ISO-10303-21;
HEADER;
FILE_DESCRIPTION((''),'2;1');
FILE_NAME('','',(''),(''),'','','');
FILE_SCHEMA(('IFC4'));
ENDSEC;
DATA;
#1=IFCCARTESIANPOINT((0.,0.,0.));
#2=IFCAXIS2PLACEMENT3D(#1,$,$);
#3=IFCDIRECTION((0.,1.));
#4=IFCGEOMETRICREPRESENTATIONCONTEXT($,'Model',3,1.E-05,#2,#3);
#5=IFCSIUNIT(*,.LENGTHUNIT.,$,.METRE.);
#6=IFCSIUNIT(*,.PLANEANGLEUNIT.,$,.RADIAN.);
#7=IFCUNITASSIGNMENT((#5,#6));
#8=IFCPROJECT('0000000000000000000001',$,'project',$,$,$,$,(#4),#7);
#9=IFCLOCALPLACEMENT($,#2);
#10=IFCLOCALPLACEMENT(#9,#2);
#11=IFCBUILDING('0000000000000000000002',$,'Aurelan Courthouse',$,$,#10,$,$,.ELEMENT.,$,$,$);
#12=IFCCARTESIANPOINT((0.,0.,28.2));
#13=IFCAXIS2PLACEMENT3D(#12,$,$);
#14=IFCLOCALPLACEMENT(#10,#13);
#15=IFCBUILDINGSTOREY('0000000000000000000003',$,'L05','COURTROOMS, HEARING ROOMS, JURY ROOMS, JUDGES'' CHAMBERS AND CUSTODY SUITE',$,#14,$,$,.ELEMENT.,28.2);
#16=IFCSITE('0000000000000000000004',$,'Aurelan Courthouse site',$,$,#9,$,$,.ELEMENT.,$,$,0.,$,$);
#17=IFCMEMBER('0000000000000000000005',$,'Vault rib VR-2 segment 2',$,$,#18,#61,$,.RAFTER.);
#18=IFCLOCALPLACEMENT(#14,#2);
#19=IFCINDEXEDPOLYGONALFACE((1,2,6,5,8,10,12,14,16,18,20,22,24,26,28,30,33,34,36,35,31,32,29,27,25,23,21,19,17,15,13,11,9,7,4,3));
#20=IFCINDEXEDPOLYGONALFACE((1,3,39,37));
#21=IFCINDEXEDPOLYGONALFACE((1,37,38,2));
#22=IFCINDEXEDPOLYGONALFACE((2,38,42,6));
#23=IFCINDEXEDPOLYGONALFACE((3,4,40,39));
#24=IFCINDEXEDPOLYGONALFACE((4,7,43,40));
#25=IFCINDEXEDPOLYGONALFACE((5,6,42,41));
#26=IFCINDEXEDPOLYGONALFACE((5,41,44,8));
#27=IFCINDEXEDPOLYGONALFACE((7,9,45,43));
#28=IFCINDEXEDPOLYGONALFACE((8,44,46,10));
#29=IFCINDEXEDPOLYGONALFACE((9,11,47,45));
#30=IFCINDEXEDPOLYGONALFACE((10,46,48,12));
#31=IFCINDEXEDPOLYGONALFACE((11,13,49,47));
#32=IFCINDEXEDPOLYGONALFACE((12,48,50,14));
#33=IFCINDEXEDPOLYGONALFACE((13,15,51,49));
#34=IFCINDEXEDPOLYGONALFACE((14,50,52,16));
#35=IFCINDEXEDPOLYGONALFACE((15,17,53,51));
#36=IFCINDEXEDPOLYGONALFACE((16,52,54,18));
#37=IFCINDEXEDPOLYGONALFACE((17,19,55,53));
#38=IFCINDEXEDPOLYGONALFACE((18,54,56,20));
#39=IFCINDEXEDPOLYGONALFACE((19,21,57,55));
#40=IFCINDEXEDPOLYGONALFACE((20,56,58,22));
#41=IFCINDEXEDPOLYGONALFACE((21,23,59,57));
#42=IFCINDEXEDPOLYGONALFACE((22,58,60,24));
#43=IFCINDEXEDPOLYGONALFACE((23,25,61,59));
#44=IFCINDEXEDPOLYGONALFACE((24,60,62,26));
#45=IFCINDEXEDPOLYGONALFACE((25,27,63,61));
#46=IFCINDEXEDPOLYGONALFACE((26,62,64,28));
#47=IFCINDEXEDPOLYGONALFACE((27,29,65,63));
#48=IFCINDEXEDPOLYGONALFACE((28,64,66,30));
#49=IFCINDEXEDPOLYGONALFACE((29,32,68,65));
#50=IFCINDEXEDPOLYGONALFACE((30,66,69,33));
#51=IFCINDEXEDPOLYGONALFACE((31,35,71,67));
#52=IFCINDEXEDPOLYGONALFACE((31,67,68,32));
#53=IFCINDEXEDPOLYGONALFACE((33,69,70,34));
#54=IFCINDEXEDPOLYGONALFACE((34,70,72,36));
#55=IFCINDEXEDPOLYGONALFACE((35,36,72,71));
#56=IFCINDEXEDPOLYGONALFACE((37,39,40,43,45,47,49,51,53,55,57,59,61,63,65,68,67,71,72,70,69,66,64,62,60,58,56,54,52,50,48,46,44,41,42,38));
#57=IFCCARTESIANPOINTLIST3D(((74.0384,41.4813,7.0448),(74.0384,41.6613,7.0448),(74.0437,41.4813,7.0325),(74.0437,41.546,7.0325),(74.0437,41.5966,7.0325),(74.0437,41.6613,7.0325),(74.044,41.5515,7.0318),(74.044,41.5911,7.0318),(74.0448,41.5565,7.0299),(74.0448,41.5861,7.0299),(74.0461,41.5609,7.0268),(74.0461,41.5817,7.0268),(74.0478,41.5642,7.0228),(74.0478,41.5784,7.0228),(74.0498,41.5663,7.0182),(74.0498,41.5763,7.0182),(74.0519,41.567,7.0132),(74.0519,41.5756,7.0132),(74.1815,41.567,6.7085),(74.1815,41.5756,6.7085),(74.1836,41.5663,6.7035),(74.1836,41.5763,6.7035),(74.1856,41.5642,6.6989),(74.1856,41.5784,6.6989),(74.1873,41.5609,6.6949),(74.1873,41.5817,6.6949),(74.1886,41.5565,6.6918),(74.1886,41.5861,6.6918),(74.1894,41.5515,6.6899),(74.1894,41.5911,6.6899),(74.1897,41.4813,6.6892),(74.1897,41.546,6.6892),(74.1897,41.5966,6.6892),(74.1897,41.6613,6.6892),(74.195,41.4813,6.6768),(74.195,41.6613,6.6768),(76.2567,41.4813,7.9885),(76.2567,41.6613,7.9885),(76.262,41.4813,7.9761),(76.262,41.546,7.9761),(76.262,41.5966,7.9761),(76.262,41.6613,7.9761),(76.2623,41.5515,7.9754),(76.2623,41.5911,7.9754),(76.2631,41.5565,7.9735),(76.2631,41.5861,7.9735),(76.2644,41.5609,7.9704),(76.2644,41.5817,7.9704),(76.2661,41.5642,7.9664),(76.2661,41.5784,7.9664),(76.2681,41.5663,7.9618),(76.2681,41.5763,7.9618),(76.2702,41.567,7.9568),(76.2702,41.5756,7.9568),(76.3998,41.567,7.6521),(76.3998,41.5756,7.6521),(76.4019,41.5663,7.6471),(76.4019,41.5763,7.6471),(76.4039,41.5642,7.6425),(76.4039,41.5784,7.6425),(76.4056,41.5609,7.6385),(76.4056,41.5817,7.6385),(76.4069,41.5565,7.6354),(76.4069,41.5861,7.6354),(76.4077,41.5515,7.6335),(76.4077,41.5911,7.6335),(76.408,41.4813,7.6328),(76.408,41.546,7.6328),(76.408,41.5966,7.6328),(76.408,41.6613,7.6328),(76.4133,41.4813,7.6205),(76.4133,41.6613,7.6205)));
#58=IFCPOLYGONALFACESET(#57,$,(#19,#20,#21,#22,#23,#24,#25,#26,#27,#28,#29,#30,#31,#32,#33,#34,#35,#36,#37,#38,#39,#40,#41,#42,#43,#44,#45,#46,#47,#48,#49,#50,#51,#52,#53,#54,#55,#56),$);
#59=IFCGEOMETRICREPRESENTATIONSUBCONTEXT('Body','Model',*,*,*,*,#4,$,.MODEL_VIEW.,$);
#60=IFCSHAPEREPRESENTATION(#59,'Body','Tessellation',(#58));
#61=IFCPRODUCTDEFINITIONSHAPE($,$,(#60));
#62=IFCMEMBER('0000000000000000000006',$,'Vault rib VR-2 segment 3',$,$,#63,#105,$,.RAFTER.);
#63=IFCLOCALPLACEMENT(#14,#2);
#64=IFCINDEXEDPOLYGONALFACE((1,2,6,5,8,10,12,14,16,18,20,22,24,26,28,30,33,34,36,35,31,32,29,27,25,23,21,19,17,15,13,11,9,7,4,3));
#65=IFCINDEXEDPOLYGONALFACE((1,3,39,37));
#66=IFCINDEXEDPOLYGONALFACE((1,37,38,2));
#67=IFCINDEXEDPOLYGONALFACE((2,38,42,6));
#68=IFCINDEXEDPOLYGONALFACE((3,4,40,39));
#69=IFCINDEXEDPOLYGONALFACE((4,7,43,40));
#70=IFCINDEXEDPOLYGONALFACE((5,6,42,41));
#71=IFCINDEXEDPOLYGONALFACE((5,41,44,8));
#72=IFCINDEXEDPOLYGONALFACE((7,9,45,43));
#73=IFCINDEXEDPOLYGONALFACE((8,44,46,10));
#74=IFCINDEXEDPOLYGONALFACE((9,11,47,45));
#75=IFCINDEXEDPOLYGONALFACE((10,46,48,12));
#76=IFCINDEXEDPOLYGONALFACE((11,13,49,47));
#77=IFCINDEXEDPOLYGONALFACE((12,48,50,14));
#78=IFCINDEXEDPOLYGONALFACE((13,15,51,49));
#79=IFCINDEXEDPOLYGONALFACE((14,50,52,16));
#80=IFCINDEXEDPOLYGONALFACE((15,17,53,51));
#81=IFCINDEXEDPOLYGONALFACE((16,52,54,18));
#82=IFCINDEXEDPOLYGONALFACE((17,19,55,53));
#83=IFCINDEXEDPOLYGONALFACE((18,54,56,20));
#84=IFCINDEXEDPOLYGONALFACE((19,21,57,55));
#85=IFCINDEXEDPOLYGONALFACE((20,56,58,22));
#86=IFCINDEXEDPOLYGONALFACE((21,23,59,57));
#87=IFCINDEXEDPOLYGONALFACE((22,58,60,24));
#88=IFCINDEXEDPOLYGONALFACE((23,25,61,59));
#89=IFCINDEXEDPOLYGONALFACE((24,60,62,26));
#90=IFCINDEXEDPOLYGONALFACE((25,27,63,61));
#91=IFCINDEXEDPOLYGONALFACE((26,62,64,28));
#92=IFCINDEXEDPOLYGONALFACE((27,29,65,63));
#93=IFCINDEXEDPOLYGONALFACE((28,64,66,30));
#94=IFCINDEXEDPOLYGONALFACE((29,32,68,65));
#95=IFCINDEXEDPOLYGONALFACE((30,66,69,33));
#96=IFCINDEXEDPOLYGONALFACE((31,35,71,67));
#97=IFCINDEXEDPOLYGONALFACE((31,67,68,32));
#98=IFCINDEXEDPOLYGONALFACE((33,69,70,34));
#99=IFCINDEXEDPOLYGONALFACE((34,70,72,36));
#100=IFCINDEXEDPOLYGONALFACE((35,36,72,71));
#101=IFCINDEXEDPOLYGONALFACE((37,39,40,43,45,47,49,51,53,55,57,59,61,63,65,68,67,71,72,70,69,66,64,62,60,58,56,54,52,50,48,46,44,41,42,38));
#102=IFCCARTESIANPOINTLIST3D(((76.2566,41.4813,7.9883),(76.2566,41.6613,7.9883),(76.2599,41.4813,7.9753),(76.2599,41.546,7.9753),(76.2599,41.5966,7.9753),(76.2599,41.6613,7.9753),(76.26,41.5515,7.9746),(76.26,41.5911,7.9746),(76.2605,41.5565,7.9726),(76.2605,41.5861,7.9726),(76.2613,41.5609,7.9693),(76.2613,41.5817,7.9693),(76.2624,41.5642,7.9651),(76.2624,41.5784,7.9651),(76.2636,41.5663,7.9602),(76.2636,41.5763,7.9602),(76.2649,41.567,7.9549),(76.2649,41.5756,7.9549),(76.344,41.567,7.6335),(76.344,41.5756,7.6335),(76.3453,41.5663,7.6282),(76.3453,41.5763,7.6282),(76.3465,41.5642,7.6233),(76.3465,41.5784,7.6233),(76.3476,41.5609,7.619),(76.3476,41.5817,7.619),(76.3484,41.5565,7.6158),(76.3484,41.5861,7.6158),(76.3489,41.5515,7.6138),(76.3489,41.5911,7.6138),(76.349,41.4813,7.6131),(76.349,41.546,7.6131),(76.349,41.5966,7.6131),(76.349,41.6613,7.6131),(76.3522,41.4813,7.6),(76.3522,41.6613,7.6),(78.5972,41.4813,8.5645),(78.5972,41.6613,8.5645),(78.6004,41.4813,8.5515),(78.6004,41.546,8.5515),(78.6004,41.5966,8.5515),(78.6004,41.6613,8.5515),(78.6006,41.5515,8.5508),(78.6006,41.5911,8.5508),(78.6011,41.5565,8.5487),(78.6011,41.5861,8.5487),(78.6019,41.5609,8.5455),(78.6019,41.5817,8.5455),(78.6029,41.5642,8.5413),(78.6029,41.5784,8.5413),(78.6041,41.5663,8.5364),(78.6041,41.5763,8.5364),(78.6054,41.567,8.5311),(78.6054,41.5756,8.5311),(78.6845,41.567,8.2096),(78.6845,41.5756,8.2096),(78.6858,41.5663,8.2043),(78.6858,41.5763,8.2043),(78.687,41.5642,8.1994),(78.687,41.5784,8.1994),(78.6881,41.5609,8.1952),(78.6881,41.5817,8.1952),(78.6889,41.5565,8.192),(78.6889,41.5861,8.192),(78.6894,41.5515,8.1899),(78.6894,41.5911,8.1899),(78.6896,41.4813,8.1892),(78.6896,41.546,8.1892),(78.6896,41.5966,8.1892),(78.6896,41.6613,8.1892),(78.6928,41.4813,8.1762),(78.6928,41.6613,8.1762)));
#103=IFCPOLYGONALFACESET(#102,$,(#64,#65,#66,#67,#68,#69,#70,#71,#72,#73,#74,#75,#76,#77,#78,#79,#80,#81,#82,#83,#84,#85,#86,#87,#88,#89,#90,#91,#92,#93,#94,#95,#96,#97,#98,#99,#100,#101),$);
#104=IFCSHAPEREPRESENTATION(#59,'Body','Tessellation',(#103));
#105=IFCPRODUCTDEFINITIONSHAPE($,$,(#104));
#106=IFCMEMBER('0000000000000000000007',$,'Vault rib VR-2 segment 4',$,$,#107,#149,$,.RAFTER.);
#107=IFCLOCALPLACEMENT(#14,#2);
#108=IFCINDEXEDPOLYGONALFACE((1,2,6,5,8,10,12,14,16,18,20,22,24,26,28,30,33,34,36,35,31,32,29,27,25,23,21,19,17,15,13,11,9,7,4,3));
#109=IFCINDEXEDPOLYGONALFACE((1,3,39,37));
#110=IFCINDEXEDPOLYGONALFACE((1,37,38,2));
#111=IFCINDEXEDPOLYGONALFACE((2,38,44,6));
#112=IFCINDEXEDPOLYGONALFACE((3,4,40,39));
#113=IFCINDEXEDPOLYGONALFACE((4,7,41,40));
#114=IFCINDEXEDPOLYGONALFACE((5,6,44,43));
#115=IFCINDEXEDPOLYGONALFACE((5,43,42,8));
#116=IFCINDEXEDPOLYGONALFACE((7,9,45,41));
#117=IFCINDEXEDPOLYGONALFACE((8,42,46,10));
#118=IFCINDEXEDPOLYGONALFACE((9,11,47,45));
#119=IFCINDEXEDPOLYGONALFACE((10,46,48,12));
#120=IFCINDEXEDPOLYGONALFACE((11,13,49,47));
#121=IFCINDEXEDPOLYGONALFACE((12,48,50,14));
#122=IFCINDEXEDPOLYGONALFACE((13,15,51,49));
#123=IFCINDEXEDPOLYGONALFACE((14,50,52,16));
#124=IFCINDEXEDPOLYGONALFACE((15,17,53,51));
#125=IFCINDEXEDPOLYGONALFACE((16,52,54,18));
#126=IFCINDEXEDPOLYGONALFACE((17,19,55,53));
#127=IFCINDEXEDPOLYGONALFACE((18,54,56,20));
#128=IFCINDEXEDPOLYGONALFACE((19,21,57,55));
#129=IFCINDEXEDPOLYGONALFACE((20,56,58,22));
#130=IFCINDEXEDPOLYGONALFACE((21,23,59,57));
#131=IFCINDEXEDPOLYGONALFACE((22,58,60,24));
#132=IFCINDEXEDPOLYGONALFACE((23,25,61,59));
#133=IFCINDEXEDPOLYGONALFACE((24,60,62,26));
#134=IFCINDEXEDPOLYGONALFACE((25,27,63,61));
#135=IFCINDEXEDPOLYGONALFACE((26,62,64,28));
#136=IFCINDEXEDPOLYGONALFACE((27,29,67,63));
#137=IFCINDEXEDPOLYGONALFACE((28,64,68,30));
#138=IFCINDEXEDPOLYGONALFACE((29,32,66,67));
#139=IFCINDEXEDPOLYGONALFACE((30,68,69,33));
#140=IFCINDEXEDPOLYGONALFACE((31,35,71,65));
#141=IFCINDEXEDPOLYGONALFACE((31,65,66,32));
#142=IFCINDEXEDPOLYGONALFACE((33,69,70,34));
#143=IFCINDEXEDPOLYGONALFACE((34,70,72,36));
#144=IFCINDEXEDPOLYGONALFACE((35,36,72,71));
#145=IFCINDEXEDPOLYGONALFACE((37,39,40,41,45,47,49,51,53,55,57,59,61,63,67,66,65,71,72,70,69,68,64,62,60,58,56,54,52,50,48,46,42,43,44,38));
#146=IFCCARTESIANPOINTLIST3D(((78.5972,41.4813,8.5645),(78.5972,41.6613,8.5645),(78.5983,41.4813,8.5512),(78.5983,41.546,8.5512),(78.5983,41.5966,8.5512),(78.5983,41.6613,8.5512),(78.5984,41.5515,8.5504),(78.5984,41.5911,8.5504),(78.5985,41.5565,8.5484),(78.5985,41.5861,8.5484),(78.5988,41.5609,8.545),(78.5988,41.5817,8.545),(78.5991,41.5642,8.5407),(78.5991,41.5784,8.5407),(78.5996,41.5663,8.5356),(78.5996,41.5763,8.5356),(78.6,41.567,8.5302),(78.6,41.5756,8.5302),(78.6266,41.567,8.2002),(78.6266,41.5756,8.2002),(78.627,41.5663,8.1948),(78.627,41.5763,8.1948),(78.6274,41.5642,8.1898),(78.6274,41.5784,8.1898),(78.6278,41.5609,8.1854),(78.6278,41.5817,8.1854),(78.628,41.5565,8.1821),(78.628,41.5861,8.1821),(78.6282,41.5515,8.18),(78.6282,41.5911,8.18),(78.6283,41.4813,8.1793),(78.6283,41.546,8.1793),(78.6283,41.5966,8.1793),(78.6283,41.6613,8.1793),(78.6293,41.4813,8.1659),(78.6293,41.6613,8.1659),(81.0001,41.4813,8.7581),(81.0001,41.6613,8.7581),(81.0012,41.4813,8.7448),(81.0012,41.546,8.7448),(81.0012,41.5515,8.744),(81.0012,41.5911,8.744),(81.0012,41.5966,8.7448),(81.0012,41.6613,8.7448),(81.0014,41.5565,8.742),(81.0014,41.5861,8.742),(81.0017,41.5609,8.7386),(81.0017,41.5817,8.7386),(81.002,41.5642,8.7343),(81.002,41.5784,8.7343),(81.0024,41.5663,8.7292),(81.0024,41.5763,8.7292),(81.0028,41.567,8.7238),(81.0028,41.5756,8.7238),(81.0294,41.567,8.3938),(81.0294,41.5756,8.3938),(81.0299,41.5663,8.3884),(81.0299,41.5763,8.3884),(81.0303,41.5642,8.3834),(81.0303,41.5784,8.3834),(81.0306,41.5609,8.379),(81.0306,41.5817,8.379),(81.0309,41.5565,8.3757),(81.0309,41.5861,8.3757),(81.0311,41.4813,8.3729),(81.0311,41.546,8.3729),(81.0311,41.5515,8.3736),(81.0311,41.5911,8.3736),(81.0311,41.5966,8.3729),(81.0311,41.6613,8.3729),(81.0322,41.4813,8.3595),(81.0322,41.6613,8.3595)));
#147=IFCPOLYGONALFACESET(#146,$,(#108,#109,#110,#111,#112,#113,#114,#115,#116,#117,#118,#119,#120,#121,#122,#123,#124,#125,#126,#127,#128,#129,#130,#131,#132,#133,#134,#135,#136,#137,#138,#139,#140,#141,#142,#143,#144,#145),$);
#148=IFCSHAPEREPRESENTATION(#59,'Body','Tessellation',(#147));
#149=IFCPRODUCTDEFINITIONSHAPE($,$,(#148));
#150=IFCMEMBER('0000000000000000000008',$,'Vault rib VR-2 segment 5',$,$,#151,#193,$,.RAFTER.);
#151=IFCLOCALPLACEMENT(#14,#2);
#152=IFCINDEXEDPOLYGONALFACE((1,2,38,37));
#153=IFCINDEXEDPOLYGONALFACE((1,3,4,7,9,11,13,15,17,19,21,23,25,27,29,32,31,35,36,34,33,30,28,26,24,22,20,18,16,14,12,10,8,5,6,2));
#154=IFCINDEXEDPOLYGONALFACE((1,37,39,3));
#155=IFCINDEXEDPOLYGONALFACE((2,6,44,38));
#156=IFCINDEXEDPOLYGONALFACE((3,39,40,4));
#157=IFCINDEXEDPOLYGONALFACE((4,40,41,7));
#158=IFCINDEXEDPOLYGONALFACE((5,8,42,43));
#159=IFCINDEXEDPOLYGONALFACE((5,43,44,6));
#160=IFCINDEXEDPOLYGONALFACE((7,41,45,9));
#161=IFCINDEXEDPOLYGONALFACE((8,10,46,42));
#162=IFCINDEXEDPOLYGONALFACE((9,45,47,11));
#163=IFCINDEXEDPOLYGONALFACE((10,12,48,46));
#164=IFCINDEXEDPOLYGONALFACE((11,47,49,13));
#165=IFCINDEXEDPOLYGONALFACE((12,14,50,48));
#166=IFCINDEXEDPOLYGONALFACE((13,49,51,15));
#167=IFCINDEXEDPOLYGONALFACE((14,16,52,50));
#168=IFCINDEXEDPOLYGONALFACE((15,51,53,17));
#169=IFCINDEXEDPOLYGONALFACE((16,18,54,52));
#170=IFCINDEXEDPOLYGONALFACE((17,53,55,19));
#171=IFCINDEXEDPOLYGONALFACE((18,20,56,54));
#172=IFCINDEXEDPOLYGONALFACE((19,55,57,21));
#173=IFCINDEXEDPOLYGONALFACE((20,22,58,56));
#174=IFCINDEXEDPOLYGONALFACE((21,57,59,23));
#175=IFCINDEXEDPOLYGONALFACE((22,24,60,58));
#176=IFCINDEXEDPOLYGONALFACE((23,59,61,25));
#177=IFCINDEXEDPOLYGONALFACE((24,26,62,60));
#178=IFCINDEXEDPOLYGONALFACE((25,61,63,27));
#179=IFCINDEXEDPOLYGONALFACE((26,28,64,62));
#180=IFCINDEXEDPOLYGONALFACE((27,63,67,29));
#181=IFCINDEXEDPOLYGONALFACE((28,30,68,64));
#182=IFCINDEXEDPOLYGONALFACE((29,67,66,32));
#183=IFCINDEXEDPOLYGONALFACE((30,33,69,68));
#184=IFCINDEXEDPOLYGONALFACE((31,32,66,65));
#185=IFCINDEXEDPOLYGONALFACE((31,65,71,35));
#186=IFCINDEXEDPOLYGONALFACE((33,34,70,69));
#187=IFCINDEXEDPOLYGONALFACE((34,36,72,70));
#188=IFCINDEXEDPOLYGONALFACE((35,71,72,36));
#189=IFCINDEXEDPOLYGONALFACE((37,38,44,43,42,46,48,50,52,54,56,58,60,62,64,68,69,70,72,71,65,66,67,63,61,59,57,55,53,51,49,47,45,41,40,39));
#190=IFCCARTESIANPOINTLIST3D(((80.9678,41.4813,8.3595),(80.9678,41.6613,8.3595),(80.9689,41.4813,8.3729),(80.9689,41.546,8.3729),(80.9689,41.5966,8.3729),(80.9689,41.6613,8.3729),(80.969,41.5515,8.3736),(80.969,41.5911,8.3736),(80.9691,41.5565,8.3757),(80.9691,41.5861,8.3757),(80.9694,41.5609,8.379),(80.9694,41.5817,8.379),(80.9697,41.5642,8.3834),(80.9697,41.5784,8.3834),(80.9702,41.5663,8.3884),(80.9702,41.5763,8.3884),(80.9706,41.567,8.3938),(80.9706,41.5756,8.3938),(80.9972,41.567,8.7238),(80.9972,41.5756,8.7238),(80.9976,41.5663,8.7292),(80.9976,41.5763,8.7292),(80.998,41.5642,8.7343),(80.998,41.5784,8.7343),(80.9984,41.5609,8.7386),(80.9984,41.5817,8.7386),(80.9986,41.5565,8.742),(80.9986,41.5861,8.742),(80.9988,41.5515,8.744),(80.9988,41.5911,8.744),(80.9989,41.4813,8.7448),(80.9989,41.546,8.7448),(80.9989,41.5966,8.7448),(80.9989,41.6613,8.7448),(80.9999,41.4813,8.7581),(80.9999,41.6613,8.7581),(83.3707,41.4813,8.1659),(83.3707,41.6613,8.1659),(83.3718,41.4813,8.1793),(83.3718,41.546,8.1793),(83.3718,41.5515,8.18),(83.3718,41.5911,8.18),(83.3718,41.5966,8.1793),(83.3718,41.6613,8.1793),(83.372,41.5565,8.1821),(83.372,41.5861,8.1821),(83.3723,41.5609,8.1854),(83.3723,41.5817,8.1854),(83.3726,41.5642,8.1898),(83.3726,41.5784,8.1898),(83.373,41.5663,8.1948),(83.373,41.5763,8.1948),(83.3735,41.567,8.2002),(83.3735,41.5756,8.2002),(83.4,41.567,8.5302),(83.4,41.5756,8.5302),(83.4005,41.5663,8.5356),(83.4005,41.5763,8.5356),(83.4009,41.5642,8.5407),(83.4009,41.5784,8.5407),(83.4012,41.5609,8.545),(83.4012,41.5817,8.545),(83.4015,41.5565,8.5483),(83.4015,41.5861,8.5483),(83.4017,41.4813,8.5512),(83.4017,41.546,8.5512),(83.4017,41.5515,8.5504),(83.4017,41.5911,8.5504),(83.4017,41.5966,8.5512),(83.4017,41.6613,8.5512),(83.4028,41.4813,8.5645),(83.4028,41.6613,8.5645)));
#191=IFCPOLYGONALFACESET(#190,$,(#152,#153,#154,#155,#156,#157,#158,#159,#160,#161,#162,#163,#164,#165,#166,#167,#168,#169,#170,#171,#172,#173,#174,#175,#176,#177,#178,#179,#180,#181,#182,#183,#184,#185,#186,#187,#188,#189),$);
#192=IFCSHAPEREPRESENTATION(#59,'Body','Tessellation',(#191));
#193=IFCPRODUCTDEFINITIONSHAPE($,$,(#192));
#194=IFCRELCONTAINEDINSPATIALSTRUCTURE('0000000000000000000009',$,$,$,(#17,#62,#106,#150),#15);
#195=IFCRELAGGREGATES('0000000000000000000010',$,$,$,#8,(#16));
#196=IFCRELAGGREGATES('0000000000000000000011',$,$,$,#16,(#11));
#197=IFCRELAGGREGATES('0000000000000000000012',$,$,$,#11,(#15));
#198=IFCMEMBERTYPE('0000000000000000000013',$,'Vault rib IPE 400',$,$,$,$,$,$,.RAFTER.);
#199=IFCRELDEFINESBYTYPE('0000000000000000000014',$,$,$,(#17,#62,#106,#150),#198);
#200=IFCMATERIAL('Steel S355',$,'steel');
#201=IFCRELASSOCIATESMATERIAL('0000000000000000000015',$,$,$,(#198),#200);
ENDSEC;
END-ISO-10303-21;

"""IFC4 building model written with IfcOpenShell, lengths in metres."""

from ifc_helpers import new_model, si_unit, direction, frame, origin, origin_2d, place, context, subcontext, project, spatial, i_section, extrude, material, material_profile, profile_set, type_object, element, save


model = new_model("IFC4")

# Units and contexts
model_context = context("Model", 3, precision=1e-05, world=origin(), true_north=direction((0.0, 1.0)))
body_context = subcontext(model_context, "Body", "Model", "MODEL_VIEW")
ifc_project = project(units=[si_unit("LENGTHUNIT", "METRE"), si_unit("PLANEANGLEUNIT", "RADIAN")], contexts=[model_context])

# Site, building, storey
site_placement = place(None, origin())
site = spatial("IfcSite", under=ifc_project, at=site_placement, Name="Aurelan Courthouse site", CompositionType="ELEMENT", RefElevation=0.0)
building_placement = place(site_placement, origin())
building = spatial("IfcBuilding", under=site, at=building_placement, Name="Aurelan Courthouse", CompositionType="ELEMENT")
storey_placement = place(building_placement, frame((0.0, 0.0, 28.2)))
storey = spatial("IfcBuildingStorey", under=building, at=storey_placement, Name="L05", Description="COURTROOMS, HEARING ROOMS, JURY ROOMS, JUDGES' CHAMBERS AND CUSTODY SUITE", CompositionType="ELEMENT", Elevation=28.2)

# Members
ifc_material_1 = material(Name="Steel S355", Category="steel")
ifc_material_profile_1 = material_profile(ifc_material_1, i_section(OverallWidth=0.1799, OverallDepth=0.3999, WebThickness=0.0085, FlangeThickness=0.0134, FilletRadius=0.021, at=origin_2d()), Name="IPE 400")
ifc_profile_set_1 = profile_set([ifc_material_profile_1], Name="Steel S355")
member_type_1 = type_object("IfcMemberType", Name="Vault rib IPE 400", PredefinedType="RAFTER", material=ifc_profile_set_1)
for number, where, z_axis, x_axis, name in (
    (1, (74.1167, 41.5713, 6.8608), (0.920205, 0.0, 0.391437), (0.0, 1.0, 0.0), "Vault rib VR-2 segment 2"),
):
    element("IfcMember", number, at=place(storey_placement, frame(where, z_axis=z_axis, x_axis=x_axis)), inside=storey, type_object=member_type_1, Name=name, PredefinedType="RAFTER", context=body_context, shape_type="SweptSolid", body=[
        extrude(i_section(OverallWidth=0.1799, OverallDepth=0.3999, WebThickness=0.0085, FlangeThickness=0.0134, FilletRadius=0.021, at=origin_2d()), origin(), (0.0, 0.0, 1.0), 2.4106),
    ])
member_1_placement = place(storey_placement, frame((76.3044, 41.5713, 7.7942), z_axis=(0.971012, 0.0, 0.239031), x_axis=(0.0, 1.0, 0.0)))
element("IfcMember", 2, at=member_1_placement, inside=storey, type_object=member_type_1, Name="Vault rib VR-2 segment 3", PredefinedType="RAFTER", context=body_context, shape_type="SweptSolid", body=[
    extrude(i_section(OverallWidth=0.1799, OverallDepth=0.3999, WebThickness=0.0085, FlangeThickness=0.0134, FilletRadius=0.021, at=origin_2d()), origin(), (0.0, 0.0, 1.0), 2.4104),
])
for number, where, z_axis, x_axis, name in (
    (3, (78.6133, 41.5713, 8.3652), (0.99677, 0.0, 0.080313), (0.0, 1.0, 0.0), "Vault rib VR-2 segment 4"),
    (4, (80.9839, 41.5713, 8.5588), (0.99677, 0.0, -0.080313), (0.0, 1.0, 0.0), "Vault rib VR-2 segment 5"),
):
    element("IfcMember", number, at=place(storey_placement, frame(where, z_axis=z_axis, x_axis=x_axis)), inside=storey, type_object=member_type_1, Name=name, PredefinedType="RAFTER", context=body_context, shape_type="SweptSolid", body=[
        extrude(i_section(OverallWidth=0.1799, OverallDepth=0.3999, WebThickness=0.0085, FlangeThickness=0.0134, FilletRadius=0.021, at=origin_2d()), origin(), (0.0, 0.0, 1.0), 2.4106),
    ])

save(model, "model.ifc")
